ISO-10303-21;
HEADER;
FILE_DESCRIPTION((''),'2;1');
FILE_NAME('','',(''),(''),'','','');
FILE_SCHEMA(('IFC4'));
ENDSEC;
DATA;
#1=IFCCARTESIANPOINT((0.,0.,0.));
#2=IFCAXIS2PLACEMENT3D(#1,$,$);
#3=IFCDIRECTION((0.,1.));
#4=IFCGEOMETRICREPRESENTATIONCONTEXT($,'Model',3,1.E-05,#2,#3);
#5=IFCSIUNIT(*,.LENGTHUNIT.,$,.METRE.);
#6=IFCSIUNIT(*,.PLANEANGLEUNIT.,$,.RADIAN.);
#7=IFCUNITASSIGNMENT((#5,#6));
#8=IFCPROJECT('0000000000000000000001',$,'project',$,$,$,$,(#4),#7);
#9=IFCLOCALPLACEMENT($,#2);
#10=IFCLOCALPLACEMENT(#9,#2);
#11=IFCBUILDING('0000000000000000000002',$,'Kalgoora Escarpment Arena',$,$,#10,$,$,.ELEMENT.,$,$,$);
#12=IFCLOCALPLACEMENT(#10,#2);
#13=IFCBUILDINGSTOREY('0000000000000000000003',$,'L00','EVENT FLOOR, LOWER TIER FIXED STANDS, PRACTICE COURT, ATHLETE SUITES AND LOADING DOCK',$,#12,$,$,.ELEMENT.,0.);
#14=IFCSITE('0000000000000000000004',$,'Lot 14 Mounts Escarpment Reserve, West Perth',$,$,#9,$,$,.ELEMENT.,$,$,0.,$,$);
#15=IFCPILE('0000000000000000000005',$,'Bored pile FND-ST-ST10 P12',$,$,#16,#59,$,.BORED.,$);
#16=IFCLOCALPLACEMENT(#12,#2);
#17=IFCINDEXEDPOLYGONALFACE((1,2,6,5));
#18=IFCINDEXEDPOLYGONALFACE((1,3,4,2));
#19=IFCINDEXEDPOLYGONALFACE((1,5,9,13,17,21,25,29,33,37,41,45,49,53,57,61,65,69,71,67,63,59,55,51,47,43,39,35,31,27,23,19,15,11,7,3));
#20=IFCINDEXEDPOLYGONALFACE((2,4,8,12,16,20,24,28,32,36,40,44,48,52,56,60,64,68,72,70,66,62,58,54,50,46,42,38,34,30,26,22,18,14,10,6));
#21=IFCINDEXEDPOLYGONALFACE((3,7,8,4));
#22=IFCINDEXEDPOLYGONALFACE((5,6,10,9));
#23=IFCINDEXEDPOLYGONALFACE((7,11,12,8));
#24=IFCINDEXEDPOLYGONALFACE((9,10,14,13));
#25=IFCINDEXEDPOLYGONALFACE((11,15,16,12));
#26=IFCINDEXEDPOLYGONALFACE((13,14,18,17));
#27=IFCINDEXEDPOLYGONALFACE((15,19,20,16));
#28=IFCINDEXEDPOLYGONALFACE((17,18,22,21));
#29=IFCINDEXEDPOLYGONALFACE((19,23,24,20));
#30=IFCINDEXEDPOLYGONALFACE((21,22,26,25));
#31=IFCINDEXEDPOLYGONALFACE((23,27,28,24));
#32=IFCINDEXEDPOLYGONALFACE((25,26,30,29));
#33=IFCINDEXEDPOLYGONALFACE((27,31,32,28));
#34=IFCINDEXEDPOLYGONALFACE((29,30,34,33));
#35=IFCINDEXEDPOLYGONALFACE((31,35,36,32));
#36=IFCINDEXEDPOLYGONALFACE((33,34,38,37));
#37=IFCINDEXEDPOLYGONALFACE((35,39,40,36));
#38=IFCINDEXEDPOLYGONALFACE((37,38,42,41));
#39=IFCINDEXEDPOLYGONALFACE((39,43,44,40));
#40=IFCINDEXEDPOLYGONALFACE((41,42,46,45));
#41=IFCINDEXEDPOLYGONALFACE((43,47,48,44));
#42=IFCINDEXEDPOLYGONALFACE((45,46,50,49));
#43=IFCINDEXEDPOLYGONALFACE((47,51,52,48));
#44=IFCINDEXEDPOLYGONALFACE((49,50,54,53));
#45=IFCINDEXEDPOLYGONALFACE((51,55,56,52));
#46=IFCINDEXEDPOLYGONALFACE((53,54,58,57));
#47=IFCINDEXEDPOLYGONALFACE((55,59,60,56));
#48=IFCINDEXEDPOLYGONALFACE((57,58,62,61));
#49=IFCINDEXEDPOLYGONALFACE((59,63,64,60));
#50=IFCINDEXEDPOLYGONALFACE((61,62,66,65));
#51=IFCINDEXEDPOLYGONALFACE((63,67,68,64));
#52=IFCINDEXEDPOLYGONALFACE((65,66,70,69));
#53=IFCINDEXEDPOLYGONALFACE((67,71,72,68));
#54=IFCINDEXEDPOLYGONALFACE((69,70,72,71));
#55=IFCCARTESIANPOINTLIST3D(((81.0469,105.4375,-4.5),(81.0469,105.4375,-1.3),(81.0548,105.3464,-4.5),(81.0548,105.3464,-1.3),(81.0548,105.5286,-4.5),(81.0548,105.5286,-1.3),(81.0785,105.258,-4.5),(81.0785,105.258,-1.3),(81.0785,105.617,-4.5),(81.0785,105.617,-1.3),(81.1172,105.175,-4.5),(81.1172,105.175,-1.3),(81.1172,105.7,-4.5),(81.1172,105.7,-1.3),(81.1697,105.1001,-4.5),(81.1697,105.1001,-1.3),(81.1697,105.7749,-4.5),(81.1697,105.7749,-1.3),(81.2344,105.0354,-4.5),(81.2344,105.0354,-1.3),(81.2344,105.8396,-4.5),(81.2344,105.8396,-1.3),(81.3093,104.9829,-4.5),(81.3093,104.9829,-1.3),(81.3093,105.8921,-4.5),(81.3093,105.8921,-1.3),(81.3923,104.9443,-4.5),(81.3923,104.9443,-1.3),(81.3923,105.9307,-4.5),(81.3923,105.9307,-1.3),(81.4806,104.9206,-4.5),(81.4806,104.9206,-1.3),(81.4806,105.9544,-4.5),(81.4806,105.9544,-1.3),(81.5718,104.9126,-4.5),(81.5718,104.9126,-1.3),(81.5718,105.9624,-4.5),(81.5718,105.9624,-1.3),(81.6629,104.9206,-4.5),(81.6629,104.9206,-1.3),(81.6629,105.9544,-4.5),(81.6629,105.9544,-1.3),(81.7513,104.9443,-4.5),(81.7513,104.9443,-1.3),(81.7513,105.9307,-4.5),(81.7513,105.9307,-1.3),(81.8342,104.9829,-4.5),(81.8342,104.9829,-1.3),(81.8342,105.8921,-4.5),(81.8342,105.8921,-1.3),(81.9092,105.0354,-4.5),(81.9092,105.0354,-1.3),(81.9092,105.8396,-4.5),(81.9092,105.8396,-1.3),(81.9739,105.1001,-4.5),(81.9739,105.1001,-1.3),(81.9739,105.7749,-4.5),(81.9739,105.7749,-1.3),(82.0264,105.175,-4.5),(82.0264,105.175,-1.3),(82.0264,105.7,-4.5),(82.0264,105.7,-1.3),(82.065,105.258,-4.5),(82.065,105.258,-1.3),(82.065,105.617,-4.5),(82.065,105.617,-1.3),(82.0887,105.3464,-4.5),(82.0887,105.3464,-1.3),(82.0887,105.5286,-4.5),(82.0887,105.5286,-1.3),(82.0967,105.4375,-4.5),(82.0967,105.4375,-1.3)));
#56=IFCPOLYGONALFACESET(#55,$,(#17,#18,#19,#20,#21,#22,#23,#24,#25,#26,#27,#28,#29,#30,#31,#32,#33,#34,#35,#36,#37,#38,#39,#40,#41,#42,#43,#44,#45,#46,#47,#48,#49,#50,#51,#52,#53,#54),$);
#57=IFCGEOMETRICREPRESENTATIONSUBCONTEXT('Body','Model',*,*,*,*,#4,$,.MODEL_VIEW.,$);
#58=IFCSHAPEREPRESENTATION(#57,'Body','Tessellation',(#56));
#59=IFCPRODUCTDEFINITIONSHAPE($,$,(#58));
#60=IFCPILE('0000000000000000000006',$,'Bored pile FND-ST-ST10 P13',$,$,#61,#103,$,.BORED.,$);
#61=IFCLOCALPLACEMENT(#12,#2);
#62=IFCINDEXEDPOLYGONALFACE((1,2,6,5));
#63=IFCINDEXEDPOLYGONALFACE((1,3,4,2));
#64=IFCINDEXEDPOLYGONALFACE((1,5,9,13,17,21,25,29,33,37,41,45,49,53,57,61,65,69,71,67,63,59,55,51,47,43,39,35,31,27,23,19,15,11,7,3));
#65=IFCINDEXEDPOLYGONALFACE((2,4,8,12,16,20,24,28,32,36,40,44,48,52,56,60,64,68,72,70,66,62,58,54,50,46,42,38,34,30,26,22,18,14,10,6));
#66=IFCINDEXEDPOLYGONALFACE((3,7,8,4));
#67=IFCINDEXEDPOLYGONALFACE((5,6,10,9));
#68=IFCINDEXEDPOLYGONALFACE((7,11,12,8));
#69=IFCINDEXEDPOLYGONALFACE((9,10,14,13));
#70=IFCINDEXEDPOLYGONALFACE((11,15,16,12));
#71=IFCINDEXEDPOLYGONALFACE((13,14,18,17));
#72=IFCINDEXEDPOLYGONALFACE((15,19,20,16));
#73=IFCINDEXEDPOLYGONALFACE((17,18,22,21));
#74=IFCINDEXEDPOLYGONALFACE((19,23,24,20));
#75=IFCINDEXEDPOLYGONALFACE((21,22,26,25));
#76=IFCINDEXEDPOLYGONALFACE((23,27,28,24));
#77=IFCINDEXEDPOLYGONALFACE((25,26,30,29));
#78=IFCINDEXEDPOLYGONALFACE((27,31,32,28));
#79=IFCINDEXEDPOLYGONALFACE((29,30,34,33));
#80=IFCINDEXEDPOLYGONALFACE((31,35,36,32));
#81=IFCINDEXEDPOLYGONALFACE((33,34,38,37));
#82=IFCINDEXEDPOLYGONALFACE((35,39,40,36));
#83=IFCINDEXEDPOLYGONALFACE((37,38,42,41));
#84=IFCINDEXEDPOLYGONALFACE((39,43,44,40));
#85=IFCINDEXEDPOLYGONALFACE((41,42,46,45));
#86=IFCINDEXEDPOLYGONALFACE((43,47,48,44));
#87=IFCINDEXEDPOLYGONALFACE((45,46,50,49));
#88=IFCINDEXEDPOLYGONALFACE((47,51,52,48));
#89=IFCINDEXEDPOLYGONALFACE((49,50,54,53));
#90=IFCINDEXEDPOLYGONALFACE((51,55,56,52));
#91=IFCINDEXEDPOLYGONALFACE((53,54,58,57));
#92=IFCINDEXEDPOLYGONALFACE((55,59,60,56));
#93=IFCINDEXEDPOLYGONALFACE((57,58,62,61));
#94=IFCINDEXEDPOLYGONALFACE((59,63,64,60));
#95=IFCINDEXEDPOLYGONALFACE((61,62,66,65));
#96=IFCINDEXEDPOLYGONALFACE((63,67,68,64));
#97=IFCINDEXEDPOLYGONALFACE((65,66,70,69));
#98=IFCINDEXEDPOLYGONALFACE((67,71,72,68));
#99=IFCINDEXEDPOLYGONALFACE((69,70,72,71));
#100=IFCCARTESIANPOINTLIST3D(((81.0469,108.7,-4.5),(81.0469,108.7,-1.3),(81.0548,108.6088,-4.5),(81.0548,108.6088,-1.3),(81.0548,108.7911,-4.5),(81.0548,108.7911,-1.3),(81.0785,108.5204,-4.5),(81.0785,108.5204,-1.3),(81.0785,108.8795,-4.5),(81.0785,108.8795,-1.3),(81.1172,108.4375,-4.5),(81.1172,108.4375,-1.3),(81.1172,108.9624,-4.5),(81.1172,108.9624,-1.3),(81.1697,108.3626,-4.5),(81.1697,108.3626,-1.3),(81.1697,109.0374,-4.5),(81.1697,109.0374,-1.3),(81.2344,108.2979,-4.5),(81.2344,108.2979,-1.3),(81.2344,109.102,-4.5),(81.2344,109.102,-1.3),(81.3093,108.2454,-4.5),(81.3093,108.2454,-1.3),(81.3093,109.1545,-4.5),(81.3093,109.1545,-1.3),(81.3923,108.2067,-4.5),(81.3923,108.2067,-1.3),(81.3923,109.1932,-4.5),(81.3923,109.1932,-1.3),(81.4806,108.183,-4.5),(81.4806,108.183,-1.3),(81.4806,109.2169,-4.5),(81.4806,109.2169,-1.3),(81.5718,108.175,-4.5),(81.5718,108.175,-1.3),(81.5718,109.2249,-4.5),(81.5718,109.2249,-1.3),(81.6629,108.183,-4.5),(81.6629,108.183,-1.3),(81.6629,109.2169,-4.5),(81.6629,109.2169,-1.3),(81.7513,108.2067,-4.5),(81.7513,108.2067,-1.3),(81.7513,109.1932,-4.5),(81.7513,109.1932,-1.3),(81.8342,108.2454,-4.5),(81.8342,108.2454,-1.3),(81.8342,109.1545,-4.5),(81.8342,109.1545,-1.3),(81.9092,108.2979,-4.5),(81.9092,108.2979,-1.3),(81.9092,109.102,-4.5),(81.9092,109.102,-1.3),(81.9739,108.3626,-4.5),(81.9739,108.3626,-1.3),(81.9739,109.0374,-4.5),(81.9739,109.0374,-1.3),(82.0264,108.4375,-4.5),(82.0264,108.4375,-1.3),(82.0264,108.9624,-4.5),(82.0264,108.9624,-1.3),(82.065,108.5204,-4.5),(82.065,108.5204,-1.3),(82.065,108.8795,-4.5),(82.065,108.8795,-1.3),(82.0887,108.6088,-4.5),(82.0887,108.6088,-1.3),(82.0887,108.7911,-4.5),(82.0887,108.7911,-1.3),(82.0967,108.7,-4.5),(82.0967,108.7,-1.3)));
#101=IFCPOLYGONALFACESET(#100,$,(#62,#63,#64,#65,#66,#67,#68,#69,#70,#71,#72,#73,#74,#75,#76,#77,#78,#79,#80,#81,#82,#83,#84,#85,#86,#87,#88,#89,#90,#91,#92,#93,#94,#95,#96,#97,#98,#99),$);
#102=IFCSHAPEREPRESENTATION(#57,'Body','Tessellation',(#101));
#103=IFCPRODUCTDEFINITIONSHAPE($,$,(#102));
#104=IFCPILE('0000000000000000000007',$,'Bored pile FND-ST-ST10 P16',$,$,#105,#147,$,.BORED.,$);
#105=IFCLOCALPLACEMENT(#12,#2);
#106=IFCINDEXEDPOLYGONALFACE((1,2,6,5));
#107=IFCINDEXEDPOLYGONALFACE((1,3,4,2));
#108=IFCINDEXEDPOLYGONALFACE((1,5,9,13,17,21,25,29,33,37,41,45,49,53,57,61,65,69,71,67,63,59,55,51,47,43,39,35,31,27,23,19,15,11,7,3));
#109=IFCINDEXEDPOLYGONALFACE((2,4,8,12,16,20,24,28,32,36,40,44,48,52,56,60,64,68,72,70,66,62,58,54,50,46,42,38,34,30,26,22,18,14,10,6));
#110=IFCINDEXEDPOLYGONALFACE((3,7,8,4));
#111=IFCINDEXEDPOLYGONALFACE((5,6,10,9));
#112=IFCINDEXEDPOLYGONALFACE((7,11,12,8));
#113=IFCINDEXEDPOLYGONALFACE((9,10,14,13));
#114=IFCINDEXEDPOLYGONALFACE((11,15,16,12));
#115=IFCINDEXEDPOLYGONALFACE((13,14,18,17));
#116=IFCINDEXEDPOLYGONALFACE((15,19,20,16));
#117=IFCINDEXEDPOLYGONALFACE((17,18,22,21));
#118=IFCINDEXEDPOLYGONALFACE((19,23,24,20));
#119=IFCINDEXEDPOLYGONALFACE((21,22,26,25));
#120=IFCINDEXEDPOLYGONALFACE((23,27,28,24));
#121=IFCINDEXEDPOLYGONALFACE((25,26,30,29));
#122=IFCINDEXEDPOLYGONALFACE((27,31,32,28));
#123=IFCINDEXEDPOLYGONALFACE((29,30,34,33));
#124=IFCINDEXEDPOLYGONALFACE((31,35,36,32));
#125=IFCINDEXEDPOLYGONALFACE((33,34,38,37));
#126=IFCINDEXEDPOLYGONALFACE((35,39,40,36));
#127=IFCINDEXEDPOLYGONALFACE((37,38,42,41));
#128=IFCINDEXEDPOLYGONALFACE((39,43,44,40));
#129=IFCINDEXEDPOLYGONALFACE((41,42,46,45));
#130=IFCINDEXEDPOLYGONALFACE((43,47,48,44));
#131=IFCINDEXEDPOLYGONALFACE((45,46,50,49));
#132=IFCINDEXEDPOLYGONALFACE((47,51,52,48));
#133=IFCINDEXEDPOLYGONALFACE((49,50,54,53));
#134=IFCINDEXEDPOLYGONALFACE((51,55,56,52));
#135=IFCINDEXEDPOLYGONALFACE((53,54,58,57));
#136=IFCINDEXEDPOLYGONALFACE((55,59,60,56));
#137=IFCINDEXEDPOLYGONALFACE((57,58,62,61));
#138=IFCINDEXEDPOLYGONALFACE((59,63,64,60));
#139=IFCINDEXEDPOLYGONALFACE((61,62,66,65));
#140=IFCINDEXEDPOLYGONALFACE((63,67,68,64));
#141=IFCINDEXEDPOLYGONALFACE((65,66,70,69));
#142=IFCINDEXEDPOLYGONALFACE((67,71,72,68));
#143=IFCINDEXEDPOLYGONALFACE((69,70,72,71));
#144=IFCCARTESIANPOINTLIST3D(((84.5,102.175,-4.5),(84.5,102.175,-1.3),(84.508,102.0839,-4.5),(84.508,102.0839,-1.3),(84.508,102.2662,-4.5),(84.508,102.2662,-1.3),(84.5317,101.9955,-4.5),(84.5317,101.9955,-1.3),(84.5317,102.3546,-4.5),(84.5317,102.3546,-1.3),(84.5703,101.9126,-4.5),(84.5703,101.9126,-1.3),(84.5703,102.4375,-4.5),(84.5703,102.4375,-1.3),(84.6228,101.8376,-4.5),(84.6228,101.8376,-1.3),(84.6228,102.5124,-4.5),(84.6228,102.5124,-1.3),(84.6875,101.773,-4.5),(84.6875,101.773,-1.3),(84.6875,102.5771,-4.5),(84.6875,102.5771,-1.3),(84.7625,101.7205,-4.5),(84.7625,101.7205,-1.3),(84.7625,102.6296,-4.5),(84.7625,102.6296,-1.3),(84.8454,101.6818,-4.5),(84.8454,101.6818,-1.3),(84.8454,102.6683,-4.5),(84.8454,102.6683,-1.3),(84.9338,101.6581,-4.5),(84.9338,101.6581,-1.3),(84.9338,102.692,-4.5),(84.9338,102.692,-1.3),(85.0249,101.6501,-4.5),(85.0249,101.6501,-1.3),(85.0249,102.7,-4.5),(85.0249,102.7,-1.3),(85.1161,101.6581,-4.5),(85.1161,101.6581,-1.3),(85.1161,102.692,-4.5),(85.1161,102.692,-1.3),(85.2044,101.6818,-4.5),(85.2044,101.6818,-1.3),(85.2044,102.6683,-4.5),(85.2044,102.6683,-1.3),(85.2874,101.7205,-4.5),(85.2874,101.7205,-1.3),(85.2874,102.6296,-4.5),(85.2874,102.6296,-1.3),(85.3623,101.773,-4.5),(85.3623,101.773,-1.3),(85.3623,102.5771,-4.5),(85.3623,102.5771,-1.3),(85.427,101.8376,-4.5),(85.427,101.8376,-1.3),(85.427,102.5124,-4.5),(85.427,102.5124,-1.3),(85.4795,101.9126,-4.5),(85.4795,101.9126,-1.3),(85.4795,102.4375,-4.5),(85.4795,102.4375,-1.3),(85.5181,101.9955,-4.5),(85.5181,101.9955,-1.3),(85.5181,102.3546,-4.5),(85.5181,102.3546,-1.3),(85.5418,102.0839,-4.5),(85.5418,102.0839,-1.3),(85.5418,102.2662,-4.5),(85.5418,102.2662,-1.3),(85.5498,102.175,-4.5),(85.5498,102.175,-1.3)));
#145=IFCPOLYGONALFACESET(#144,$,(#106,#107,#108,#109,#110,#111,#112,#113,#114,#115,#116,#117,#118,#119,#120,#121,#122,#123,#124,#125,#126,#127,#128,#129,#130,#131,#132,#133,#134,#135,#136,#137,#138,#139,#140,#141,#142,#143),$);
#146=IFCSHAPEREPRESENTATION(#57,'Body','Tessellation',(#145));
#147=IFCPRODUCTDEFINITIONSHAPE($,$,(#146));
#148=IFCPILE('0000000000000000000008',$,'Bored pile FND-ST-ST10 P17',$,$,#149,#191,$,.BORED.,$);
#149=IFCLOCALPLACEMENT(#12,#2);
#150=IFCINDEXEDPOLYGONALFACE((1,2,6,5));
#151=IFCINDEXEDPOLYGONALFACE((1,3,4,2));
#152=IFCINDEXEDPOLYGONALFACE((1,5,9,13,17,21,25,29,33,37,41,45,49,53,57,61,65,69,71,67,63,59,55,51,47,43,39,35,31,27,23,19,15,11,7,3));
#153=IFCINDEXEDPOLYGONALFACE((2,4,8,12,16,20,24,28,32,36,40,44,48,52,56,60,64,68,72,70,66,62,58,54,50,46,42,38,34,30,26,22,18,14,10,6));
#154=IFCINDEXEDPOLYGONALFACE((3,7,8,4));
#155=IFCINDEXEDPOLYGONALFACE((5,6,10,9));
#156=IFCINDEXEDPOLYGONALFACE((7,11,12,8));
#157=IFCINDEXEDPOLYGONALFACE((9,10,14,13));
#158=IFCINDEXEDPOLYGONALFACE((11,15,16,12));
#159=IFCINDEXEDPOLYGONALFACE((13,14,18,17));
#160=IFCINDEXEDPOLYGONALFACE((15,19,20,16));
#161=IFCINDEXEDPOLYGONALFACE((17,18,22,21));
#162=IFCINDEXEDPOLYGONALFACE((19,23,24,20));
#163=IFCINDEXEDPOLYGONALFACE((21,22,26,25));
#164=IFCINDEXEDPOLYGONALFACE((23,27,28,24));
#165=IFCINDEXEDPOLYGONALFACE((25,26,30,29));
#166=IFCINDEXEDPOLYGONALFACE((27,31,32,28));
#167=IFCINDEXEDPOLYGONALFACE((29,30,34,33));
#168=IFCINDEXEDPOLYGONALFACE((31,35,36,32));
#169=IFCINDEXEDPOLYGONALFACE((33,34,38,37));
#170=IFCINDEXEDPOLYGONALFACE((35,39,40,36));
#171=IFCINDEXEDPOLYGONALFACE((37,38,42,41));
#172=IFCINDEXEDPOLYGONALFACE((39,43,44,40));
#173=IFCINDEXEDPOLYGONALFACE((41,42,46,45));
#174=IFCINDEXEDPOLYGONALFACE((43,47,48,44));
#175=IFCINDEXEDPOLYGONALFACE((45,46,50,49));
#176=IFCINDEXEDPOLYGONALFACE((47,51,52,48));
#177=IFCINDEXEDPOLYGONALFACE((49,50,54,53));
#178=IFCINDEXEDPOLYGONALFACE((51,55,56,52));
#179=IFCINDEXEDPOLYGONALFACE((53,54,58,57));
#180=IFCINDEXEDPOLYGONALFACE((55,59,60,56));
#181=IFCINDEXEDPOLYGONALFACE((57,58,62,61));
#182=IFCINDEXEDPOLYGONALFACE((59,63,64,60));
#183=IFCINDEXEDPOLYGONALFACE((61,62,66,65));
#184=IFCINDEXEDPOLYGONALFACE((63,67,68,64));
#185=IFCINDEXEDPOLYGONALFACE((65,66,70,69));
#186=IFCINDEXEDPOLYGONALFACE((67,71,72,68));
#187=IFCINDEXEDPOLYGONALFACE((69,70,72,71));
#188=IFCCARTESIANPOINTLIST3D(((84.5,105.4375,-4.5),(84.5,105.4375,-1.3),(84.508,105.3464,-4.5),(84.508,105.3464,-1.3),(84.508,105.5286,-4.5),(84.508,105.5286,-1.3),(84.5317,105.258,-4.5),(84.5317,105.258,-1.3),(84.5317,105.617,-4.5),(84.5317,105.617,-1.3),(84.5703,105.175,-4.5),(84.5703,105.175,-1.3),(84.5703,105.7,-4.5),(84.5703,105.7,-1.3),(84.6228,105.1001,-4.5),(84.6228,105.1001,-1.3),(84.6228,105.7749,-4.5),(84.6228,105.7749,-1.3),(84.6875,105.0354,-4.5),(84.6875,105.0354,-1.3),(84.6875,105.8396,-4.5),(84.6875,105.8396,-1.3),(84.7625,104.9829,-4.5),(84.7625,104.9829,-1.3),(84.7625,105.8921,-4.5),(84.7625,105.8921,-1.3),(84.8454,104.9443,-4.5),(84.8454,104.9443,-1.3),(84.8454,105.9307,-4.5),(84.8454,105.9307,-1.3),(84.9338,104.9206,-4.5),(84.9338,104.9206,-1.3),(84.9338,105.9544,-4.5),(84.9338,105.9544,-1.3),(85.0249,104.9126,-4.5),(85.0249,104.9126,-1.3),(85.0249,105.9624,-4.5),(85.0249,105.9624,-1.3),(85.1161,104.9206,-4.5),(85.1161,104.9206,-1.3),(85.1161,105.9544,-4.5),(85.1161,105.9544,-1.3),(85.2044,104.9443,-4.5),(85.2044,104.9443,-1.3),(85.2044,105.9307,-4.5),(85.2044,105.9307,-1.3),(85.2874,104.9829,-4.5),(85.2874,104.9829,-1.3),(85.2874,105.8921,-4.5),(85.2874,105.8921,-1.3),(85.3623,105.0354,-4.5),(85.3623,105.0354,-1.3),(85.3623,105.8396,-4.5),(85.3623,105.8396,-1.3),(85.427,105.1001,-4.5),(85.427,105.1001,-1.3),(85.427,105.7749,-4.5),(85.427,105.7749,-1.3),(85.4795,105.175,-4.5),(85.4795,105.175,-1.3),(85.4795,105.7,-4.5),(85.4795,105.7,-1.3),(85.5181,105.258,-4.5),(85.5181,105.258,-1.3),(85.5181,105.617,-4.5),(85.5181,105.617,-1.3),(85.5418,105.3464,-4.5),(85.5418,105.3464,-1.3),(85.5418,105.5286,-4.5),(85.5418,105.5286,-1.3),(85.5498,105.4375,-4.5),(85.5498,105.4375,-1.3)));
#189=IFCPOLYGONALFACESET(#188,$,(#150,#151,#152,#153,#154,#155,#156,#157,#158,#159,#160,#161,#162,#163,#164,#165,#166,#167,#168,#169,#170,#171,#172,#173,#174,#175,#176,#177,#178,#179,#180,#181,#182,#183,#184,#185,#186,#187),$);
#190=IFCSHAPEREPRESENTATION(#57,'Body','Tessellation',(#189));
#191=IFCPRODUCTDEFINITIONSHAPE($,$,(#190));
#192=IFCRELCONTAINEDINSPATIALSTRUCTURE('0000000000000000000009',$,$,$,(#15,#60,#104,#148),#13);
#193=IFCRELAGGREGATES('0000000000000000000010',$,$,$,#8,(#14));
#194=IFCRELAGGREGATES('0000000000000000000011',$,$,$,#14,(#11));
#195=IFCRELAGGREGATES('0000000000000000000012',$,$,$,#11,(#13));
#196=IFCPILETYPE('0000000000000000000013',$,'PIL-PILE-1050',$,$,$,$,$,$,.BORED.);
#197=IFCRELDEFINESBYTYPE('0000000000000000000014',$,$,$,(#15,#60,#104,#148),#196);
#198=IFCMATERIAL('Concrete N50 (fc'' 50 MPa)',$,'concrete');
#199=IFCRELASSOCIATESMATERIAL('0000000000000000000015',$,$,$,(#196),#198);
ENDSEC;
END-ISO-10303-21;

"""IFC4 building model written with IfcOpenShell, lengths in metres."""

from ifc_helpers import new_model, si_unit, direction, frame, origin, origin_2d, place, context, subcontext, project, spatial, circle, extrude, material, material_profile, profile_set, type_object, element, save


model = new_model("IFC4")

# Units and contexts
model_context = context("Model", 3, precision=1e-05, world=origin(), true_north=direction((0.0, 1.0)))
body_context = subcontext(model_context, "Body", "Model", "MODEL_VIEW")
ifc_project = project(units=[si_unit("LENGTHUNIT", "METRE"), si_unit("PLANEANGLEUNIT", "RADIAN")], contexts=[model_context])

# Site, building, storey
site_placement = place(None, origin())
site = spatial("IfcSite", under=ifc_project, at=site_placement, Name="Lot 14 Mounts Escarpment Reserve, West Perth", CompositionType="ELEMENT", RefElevation=0.0)
building_placement = place(site_placement, origin())
building = spatial("IfcBuilding", under=site, at=building_placement, Name="Kalgoora Escarpment Arena", CompositionType="ELEMENT")
storey_placement = place(building_placement, origin())
storey = spatial("IfcBuildingStorey", under=building, at=storey_placement, Name="L00", Description="EVENT FLOOR, LOWER TIER FIXED STANDS, PRACTICE COURT, ATHLETE SUITES AND LOADING DOCK", CompositionType="ELEMENT", Elevation=0.0)

# Piles
ifc_material_1 = material(Name="Concrete N50 (fc' 50 MPa)", Category="concrete")
ifc_material_profile_1 = material_profile(ifc_material_1, circle(Radius=0.5249, at=origin_2d()))
ifc_profile_set_1 = profile_set([ifc_material_profile_1], Name="Concrete N50 (fc' 50 MPa)")
pile_type_1 = type_object("IfcPileType", Name="PIL-PILE-1050", PredefinedType="BORED", material=ifc_profile_set_1)
for number, where, z_axis, x_axis, name in (
    (1, (81.5718, 105.4375, -1.3), (0.0, 0.0, -1.0), (1.0, 0.0, 0.0), "Bored pile FND-ST-ST10 P12"),
    (2, (81.5718, 108.7, -1.3), (0.0, 0.0, -1.0), (1.0, 0.0, 0.0), "Bored pile FND-ST-ST10 P13"),
    (3, (85.0249, 102.175, -1.3), (0.0, 0.0, -1.0), (1.0, 0.0, 0.0), "Bored pile FND-ST-ST10 P16"),
    (4, (85.0249, 105.4375, -1.3), (0.0, 0.0, -1.0), (1.0, 0.0, 0.0), "Bored pile FND-ST-ST10 P17"),
):
    element("IfcPile", number, at=place(storey_placement, frame(where, z_axis=z_axis, x_axis=x_axis)), inside=storey, type_object=pile_type_1, Name=name, PredefinedType="BORED", context=body_context, shape_type="SweptSolid", body=[
        extrude(circle(Radius=0.5249, at=origin_2d()), origin(), (0.0, 0.0, 1.0), 3.2),
    ])

save(model, "model.ifc")
